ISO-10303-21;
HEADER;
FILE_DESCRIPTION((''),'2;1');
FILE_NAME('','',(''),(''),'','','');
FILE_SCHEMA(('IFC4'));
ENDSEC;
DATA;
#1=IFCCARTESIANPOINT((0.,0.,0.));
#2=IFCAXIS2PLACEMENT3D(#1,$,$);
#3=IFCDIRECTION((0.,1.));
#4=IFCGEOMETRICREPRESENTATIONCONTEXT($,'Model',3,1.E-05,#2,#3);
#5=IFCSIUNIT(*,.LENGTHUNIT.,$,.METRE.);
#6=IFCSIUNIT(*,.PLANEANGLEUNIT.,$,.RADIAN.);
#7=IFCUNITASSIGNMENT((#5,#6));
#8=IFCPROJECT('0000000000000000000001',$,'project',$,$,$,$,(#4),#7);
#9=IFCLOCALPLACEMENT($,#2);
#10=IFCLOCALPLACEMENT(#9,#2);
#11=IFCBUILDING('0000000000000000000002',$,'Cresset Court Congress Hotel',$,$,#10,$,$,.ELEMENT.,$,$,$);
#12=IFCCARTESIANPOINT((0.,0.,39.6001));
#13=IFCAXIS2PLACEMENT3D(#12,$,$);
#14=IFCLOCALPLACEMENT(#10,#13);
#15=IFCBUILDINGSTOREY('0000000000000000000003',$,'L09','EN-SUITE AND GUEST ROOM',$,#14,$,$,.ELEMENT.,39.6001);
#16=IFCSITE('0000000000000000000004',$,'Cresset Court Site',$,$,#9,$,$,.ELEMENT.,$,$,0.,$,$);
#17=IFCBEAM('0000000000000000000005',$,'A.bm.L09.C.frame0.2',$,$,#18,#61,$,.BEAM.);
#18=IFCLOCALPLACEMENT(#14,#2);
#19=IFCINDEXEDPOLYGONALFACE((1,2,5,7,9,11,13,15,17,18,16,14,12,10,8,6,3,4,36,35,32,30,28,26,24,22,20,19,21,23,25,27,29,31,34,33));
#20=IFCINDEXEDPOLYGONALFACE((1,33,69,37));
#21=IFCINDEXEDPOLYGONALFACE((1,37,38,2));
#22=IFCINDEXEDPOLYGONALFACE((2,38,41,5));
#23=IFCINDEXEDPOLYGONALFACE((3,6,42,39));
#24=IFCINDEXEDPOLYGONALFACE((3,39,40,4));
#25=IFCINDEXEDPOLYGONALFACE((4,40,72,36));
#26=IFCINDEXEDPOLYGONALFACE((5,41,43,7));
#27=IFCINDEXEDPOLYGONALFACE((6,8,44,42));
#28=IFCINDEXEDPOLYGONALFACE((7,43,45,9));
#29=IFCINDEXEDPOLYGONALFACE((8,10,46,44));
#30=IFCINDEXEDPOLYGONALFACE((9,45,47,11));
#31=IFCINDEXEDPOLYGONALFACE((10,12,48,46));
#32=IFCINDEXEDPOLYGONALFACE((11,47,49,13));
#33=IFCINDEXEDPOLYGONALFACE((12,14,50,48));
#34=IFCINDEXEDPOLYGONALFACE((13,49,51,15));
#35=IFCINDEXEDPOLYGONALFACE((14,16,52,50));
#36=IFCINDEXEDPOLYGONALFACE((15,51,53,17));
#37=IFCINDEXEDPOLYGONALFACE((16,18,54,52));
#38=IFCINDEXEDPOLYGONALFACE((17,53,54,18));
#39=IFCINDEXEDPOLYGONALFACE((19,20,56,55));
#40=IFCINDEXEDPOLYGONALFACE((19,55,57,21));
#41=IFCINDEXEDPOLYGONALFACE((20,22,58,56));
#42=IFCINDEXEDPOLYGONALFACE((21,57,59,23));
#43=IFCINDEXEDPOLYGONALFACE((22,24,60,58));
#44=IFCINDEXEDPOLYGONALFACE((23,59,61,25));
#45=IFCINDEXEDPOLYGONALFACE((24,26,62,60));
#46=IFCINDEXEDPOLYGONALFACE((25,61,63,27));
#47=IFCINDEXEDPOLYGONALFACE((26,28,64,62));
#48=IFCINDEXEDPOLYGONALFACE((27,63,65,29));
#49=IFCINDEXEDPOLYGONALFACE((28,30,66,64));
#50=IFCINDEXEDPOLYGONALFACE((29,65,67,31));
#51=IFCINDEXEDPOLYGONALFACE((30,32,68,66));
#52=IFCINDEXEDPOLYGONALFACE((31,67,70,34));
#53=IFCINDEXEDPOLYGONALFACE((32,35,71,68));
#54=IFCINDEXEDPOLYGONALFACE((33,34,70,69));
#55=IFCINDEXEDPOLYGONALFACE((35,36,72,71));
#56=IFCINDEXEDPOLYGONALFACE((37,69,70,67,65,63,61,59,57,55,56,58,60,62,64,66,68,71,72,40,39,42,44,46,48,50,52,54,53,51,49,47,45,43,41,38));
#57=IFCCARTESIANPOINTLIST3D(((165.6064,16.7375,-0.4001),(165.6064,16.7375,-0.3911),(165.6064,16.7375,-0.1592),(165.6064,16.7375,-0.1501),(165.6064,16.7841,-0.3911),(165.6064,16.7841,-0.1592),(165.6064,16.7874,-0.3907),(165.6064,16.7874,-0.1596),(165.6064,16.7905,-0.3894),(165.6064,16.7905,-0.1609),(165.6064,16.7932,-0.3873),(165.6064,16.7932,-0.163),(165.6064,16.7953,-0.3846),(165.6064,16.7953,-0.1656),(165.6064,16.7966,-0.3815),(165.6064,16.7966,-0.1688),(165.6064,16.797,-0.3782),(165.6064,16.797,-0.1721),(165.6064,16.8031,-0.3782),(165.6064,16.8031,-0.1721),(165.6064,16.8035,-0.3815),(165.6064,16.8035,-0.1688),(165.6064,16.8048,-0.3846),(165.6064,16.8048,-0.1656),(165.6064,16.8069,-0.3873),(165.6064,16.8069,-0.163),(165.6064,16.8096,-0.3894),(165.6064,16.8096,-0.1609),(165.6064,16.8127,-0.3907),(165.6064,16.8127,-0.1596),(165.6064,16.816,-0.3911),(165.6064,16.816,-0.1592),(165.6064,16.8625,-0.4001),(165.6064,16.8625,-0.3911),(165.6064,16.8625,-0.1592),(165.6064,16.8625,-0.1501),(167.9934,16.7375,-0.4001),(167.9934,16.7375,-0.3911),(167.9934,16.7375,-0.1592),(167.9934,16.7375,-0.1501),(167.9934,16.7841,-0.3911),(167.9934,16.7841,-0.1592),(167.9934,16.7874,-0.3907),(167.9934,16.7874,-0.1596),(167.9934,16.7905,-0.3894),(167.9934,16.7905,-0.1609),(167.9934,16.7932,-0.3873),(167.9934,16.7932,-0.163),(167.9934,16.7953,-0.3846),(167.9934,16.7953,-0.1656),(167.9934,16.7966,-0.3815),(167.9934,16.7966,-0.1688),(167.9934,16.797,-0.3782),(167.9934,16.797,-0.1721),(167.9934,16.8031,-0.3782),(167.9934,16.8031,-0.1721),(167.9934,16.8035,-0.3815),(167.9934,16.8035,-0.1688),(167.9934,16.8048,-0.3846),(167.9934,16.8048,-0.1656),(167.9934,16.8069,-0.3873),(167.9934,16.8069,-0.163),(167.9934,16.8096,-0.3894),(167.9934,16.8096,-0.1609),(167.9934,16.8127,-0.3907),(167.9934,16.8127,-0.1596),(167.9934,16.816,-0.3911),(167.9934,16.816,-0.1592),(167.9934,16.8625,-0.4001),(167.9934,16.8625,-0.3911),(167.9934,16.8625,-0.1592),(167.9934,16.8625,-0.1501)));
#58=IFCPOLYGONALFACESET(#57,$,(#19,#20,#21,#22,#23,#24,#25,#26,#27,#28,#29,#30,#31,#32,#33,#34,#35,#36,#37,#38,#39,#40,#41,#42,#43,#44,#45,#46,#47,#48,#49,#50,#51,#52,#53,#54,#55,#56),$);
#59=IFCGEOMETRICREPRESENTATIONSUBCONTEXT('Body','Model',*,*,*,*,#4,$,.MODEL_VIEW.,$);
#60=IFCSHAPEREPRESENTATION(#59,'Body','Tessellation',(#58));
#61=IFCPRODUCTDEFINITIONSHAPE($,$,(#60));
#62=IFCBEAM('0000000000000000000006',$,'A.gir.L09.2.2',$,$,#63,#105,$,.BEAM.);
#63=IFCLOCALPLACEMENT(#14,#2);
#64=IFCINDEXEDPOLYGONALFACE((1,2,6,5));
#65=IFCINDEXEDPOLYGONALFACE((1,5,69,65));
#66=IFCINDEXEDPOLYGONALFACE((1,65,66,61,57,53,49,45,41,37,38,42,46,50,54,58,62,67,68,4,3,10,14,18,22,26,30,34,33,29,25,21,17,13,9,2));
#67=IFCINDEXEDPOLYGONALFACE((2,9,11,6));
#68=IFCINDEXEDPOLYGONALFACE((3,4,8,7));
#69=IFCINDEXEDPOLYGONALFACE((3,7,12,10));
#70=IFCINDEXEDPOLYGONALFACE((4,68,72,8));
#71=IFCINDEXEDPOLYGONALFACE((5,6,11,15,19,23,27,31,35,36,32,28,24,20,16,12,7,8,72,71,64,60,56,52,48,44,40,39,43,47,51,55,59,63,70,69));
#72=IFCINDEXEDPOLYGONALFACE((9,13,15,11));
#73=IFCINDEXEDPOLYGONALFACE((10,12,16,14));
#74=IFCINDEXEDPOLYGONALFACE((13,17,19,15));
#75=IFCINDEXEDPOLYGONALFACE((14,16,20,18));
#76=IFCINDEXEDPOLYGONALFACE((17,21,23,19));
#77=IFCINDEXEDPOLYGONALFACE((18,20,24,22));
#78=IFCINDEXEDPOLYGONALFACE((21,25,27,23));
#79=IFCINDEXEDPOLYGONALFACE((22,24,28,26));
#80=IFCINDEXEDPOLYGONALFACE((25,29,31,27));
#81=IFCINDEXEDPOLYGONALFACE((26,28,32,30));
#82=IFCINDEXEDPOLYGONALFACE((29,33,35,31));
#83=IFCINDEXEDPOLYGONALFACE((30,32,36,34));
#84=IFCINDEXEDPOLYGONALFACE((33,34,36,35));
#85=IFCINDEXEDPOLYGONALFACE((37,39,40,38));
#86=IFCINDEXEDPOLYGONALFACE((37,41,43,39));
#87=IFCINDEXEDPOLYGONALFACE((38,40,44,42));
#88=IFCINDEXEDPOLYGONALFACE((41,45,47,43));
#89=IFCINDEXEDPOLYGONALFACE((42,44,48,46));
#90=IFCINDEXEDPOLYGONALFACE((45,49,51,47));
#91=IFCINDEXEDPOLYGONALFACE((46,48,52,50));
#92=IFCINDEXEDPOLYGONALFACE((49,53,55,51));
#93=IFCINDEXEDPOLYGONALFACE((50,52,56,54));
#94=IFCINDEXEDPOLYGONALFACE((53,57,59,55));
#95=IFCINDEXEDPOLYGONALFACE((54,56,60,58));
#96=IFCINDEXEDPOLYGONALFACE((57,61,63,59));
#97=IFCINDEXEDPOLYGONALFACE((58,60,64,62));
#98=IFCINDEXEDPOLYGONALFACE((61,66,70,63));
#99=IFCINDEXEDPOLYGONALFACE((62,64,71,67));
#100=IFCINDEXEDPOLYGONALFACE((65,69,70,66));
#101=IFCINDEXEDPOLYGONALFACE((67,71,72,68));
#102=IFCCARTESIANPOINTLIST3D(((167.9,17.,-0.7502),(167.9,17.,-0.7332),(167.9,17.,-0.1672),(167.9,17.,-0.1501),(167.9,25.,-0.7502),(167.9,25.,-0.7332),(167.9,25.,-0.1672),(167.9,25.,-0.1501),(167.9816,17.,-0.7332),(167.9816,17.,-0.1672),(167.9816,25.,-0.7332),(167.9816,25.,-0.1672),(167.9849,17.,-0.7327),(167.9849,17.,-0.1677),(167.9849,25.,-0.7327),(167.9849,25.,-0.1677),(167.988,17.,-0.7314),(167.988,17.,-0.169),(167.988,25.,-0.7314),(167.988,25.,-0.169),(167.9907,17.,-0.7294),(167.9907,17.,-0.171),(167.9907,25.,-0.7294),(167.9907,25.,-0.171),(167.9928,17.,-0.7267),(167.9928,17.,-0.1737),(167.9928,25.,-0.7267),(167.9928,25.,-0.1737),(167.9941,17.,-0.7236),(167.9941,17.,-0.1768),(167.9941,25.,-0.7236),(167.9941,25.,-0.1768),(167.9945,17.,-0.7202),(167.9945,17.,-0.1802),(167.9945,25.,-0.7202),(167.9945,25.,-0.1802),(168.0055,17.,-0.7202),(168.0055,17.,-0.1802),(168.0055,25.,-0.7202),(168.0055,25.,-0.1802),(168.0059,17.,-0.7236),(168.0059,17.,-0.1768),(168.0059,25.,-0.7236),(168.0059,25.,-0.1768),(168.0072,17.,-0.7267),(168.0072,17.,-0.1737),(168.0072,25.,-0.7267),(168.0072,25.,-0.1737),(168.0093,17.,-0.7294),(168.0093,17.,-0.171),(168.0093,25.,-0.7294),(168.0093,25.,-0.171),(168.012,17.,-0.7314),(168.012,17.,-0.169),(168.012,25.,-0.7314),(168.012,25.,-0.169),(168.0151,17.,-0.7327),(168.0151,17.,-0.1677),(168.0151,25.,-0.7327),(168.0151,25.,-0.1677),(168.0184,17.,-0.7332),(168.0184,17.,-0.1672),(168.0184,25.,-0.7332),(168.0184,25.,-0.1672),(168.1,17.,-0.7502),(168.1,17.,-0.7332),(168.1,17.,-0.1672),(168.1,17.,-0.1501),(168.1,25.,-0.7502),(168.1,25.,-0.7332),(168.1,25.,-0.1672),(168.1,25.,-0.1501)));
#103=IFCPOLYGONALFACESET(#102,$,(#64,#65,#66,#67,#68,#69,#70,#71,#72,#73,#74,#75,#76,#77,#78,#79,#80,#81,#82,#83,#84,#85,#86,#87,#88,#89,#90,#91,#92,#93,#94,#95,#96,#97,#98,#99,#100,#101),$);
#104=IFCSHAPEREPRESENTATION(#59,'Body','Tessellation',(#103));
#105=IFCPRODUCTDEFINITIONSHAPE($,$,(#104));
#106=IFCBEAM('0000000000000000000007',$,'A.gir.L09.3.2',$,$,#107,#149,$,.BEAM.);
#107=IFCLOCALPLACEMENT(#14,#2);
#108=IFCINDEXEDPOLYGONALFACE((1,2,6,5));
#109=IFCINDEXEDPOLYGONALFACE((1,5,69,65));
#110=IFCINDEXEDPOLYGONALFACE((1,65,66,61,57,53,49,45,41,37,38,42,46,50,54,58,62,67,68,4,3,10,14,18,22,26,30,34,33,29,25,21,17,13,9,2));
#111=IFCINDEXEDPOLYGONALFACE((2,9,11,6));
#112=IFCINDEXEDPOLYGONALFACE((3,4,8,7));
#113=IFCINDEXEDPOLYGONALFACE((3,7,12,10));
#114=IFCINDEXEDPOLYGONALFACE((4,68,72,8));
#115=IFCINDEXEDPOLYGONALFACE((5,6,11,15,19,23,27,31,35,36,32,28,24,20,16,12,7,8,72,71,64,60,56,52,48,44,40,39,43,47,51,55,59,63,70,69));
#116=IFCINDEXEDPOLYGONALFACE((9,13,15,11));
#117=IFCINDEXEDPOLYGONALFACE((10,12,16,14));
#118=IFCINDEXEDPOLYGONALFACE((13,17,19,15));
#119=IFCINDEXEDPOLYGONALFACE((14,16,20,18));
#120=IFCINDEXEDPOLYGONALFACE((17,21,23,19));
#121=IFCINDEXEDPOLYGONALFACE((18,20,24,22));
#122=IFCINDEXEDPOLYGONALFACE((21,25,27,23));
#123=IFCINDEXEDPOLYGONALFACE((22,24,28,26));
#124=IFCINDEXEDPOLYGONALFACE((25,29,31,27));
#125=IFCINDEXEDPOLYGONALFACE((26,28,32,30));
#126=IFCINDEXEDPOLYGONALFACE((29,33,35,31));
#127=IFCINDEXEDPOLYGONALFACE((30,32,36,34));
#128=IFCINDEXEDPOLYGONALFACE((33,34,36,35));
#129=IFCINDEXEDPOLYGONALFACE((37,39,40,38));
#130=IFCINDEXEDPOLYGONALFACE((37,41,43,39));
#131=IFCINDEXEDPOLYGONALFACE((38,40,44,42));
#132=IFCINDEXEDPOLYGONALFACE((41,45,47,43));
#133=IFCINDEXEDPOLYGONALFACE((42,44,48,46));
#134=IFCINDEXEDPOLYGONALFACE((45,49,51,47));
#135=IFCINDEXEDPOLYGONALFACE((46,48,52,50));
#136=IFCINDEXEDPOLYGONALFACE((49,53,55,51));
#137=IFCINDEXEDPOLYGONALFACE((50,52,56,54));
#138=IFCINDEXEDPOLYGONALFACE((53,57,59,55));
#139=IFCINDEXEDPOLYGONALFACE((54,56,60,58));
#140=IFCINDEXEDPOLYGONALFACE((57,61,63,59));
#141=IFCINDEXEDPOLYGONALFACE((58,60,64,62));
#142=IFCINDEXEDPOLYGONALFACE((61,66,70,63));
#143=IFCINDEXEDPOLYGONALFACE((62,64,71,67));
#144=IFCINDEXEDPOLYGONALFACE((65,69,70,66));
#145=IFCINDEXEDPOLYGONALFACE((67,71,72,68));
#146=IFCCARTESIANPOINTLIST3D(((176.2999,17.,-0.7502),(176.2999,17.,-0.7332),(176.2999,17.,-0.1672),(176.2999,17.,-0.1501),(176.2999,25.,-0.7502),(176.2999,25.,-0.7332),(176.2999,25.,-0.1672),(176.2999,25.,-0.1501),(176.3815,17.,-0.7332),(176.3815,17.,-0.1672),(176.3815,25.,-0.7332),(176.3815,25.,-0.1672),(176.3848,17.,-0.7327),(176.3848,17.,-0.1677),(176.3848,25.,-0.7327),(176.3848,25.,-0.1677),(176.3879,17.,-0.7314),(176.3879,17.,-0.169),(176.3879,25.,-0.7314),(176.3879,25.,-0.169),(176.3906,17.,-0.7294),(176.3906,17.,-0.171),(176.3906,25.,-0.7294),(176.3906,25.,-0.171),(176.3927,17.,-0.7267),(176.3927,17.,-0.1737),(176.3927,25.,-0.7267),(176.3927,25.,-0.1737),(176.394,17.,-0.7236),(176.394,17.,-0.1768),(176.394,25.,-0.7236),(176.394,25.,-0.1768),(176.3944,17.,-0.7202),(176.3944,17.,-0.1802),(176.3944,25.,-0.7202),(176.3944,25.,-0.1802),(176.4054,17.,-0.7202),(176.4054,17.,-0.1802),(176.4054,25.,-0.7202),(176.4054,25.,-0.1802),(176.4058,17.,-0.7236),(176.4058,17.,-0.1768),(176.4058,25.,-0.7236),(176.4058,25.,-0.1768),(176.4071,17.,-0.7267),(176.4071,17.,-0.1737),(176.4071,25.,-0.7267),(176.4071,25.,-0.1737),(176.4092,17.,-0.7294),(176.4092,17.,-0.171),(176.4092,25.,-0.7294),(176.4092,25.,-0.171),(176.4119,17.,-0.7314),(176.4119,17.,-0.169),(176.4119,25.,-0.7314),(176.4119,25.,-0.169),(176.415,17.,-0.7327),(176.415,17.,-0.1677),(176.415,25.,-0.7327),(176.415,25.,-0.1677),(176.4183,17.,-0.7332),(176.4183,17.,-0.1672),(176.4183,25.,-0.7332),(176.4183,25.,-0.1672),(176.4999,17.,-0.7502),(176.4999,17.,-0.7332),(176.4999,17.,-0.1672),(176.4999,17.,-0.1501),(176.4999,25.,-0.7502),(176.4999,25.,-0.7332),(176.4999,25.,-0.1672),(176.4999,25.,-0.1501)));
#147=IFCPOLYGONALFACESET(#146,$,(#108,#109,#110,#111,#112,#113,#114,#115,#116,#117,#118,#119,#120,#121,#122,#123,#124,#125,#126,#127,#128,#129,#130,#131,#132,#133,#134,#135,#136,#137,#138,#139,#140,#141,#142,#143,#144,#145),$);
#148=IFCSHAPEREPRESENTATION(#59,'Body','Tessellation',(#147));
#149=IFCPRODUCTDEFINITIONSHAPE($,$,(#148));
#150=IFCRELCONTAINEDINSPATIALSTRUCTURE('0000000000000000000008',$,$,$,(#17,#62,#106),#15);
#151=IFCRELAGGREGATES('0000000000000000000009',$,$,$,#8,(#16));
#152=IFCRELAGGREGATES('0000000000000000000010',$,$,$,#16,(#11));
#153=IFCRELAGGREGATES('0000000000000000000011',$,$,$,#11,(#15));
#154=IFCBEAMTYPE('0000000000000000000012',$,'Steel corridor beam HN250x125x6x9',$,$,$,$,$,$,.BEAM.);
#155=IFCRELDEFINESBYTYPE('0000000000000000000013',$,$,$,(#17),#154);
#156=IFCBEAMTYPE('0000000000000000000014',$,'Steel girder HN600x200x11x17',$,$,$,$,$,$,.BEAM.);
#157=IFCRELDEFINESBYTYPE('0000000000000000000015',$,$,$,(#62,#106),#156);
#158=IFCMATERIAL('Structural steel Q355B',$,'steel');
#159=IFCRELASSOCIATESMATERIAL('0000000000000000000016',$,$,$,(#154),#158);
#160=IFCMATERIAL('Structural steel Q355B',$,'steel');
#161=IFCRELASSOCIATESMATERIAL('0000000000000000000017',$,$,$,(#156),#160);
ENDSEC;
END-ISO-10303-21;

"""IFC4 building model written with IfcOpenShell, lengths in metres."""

from ifc_helpers import new_model, si_unit, direction, frame, origin, origin_2d, place, context, subcontext, project, spatial, i_section, extrude, material, material_profile, profile_set, type_object, element, save


model = new_model("IFC4")

# Units and contexts
model_context = context("Model", 3, precision=1e-05, world=origin(), true_north=direction((0.0, 1.0)))
body_context = subcontext(model_context, "Body", "Model", "MODEL_VIEW")
ifc_project = project(units=[si_unit("LENGTHUNIT", "METRE"), si_unit("PLANEANGLEUNIT", "RADIAN")], contexts=[model_context])

# Site, building, storey
site_placement = place(None, origin())
site = spatial("IfcSite", under=ifc_project, at=site_placement, Name="Cresset Court Site", CompositionType="ELEMENT", RefElevation=0.0)
building_placement = place(site_placement, origin())
building = spatial("IfcBuilding", under=site, at=building_placement, Name="Cresset Court Congress Hotel", CompositionType="ELEMENT")
storey_placement = place(building_placement, frame((0.0, 0.0, 39.6001)))
storey = spatial("IfcBuildingStorey", under=building, at=storey_placement, Name="L09", Description="EN-SUITE AND GUEST ROOM", CompositionType="ELEMENT", Elevation=39.6001)

# Beams
ifc_material_1 = material(Name="Structural steel Q355B", Category="steel")
ifc_material_profile_1 = material_profile(ifc_material_1, i_section(OverallWidth=0.125, OverallDepth=0.25, WebThickness=0.0061, FlangeThickness=0.009, FilletRadius=0.0129, at=origin_2d()), Name="HN250x125x6x9")
ifc_profile_set_1 = profile_set([ifc_material_profile_1], Name="Structural steel Q355B")
beam_type_1 = type_object("IfcBeamType", Name="Steel corridor beam HN250x125x6x9", PredefinedType="BEAM", material=ifc_profile_set_1)
beam_1_placement = place(storey_placement, frame((165.6064, 16.8, -0.2751), z_axis=(1.0, 0.0, 0.0), x_axis=(0.0, 1.0, 0.0)))
element("IfcBeam", 1, at=beam_1_placement, inside=storey, type_object=beam_type_1, Name="A.bm.L09.C.frame0.2", PredefinedType="BEAM", context=body_context, shape_type="SweptSolid", body=[
    extrude(i_section(OverallWidth=0.125, OverallDepth=0.25, WebThickness=0.0061, FlangeThickness=0.009, FilletRadius=0.0129, at=origin_2d()), origin(), (0.0, 0.0, 1.0), 2.387),
])
ifc_material_2 = material(Name="Structural steel Q355B", Category="steel")
ifc_material_profile_2 = material_profile(ifc_material_2, i_section(OverallWidth=0.2, OverallDepth=0.6001, WebThickness=0.011, FlangeThickness=0.0171, FilletRadius=0.0129, at=origin_2d()), Name="HN600x200x11x17")
ifc_profile_set_2 = profile_set([ifc_material_profile_2], Name="Structural steel Q355B")
beam_type_2 = type_object("IfcBeamType", Name="Steel girder HN600x200x11x17", PredefinedType="BEAM", material=ifc_profile_set_2)
for number, where, z_axis, x_axis, name in (
    (2, (168.0, 17.0, -0.4502), (0.0, 1.0, 0.0), (-1.0, 0.0, 0.0), "A.gir.L09.2.2"),
    (3, (176.3999, 17.0, -0.4502), (0.0, 1.0, 0.0), (-1.0, 0.0, 0.0), "A.gir.L09.3.2"),
):
    element("IfcBeam", number, at=place(storey_placement, frame(where, z_axis=z_axis, x_axis=x_axis)), inside=storey, type_object=beam_type_2, Name=name, PredefinedType="BEAM", context=body_context, shape_type="SweptSolid", body=[
        extrude(i_section(OverallWidth=0.2, OverallDepth=0.6001, WebThickness=0.011, FlangeThickness=0.0171, FilletRadius=0.0129, at=origin_2d()), origin(), (0.0, 0.0, 1.0), 8.0),
    ])

save(model, "model.ifc")
